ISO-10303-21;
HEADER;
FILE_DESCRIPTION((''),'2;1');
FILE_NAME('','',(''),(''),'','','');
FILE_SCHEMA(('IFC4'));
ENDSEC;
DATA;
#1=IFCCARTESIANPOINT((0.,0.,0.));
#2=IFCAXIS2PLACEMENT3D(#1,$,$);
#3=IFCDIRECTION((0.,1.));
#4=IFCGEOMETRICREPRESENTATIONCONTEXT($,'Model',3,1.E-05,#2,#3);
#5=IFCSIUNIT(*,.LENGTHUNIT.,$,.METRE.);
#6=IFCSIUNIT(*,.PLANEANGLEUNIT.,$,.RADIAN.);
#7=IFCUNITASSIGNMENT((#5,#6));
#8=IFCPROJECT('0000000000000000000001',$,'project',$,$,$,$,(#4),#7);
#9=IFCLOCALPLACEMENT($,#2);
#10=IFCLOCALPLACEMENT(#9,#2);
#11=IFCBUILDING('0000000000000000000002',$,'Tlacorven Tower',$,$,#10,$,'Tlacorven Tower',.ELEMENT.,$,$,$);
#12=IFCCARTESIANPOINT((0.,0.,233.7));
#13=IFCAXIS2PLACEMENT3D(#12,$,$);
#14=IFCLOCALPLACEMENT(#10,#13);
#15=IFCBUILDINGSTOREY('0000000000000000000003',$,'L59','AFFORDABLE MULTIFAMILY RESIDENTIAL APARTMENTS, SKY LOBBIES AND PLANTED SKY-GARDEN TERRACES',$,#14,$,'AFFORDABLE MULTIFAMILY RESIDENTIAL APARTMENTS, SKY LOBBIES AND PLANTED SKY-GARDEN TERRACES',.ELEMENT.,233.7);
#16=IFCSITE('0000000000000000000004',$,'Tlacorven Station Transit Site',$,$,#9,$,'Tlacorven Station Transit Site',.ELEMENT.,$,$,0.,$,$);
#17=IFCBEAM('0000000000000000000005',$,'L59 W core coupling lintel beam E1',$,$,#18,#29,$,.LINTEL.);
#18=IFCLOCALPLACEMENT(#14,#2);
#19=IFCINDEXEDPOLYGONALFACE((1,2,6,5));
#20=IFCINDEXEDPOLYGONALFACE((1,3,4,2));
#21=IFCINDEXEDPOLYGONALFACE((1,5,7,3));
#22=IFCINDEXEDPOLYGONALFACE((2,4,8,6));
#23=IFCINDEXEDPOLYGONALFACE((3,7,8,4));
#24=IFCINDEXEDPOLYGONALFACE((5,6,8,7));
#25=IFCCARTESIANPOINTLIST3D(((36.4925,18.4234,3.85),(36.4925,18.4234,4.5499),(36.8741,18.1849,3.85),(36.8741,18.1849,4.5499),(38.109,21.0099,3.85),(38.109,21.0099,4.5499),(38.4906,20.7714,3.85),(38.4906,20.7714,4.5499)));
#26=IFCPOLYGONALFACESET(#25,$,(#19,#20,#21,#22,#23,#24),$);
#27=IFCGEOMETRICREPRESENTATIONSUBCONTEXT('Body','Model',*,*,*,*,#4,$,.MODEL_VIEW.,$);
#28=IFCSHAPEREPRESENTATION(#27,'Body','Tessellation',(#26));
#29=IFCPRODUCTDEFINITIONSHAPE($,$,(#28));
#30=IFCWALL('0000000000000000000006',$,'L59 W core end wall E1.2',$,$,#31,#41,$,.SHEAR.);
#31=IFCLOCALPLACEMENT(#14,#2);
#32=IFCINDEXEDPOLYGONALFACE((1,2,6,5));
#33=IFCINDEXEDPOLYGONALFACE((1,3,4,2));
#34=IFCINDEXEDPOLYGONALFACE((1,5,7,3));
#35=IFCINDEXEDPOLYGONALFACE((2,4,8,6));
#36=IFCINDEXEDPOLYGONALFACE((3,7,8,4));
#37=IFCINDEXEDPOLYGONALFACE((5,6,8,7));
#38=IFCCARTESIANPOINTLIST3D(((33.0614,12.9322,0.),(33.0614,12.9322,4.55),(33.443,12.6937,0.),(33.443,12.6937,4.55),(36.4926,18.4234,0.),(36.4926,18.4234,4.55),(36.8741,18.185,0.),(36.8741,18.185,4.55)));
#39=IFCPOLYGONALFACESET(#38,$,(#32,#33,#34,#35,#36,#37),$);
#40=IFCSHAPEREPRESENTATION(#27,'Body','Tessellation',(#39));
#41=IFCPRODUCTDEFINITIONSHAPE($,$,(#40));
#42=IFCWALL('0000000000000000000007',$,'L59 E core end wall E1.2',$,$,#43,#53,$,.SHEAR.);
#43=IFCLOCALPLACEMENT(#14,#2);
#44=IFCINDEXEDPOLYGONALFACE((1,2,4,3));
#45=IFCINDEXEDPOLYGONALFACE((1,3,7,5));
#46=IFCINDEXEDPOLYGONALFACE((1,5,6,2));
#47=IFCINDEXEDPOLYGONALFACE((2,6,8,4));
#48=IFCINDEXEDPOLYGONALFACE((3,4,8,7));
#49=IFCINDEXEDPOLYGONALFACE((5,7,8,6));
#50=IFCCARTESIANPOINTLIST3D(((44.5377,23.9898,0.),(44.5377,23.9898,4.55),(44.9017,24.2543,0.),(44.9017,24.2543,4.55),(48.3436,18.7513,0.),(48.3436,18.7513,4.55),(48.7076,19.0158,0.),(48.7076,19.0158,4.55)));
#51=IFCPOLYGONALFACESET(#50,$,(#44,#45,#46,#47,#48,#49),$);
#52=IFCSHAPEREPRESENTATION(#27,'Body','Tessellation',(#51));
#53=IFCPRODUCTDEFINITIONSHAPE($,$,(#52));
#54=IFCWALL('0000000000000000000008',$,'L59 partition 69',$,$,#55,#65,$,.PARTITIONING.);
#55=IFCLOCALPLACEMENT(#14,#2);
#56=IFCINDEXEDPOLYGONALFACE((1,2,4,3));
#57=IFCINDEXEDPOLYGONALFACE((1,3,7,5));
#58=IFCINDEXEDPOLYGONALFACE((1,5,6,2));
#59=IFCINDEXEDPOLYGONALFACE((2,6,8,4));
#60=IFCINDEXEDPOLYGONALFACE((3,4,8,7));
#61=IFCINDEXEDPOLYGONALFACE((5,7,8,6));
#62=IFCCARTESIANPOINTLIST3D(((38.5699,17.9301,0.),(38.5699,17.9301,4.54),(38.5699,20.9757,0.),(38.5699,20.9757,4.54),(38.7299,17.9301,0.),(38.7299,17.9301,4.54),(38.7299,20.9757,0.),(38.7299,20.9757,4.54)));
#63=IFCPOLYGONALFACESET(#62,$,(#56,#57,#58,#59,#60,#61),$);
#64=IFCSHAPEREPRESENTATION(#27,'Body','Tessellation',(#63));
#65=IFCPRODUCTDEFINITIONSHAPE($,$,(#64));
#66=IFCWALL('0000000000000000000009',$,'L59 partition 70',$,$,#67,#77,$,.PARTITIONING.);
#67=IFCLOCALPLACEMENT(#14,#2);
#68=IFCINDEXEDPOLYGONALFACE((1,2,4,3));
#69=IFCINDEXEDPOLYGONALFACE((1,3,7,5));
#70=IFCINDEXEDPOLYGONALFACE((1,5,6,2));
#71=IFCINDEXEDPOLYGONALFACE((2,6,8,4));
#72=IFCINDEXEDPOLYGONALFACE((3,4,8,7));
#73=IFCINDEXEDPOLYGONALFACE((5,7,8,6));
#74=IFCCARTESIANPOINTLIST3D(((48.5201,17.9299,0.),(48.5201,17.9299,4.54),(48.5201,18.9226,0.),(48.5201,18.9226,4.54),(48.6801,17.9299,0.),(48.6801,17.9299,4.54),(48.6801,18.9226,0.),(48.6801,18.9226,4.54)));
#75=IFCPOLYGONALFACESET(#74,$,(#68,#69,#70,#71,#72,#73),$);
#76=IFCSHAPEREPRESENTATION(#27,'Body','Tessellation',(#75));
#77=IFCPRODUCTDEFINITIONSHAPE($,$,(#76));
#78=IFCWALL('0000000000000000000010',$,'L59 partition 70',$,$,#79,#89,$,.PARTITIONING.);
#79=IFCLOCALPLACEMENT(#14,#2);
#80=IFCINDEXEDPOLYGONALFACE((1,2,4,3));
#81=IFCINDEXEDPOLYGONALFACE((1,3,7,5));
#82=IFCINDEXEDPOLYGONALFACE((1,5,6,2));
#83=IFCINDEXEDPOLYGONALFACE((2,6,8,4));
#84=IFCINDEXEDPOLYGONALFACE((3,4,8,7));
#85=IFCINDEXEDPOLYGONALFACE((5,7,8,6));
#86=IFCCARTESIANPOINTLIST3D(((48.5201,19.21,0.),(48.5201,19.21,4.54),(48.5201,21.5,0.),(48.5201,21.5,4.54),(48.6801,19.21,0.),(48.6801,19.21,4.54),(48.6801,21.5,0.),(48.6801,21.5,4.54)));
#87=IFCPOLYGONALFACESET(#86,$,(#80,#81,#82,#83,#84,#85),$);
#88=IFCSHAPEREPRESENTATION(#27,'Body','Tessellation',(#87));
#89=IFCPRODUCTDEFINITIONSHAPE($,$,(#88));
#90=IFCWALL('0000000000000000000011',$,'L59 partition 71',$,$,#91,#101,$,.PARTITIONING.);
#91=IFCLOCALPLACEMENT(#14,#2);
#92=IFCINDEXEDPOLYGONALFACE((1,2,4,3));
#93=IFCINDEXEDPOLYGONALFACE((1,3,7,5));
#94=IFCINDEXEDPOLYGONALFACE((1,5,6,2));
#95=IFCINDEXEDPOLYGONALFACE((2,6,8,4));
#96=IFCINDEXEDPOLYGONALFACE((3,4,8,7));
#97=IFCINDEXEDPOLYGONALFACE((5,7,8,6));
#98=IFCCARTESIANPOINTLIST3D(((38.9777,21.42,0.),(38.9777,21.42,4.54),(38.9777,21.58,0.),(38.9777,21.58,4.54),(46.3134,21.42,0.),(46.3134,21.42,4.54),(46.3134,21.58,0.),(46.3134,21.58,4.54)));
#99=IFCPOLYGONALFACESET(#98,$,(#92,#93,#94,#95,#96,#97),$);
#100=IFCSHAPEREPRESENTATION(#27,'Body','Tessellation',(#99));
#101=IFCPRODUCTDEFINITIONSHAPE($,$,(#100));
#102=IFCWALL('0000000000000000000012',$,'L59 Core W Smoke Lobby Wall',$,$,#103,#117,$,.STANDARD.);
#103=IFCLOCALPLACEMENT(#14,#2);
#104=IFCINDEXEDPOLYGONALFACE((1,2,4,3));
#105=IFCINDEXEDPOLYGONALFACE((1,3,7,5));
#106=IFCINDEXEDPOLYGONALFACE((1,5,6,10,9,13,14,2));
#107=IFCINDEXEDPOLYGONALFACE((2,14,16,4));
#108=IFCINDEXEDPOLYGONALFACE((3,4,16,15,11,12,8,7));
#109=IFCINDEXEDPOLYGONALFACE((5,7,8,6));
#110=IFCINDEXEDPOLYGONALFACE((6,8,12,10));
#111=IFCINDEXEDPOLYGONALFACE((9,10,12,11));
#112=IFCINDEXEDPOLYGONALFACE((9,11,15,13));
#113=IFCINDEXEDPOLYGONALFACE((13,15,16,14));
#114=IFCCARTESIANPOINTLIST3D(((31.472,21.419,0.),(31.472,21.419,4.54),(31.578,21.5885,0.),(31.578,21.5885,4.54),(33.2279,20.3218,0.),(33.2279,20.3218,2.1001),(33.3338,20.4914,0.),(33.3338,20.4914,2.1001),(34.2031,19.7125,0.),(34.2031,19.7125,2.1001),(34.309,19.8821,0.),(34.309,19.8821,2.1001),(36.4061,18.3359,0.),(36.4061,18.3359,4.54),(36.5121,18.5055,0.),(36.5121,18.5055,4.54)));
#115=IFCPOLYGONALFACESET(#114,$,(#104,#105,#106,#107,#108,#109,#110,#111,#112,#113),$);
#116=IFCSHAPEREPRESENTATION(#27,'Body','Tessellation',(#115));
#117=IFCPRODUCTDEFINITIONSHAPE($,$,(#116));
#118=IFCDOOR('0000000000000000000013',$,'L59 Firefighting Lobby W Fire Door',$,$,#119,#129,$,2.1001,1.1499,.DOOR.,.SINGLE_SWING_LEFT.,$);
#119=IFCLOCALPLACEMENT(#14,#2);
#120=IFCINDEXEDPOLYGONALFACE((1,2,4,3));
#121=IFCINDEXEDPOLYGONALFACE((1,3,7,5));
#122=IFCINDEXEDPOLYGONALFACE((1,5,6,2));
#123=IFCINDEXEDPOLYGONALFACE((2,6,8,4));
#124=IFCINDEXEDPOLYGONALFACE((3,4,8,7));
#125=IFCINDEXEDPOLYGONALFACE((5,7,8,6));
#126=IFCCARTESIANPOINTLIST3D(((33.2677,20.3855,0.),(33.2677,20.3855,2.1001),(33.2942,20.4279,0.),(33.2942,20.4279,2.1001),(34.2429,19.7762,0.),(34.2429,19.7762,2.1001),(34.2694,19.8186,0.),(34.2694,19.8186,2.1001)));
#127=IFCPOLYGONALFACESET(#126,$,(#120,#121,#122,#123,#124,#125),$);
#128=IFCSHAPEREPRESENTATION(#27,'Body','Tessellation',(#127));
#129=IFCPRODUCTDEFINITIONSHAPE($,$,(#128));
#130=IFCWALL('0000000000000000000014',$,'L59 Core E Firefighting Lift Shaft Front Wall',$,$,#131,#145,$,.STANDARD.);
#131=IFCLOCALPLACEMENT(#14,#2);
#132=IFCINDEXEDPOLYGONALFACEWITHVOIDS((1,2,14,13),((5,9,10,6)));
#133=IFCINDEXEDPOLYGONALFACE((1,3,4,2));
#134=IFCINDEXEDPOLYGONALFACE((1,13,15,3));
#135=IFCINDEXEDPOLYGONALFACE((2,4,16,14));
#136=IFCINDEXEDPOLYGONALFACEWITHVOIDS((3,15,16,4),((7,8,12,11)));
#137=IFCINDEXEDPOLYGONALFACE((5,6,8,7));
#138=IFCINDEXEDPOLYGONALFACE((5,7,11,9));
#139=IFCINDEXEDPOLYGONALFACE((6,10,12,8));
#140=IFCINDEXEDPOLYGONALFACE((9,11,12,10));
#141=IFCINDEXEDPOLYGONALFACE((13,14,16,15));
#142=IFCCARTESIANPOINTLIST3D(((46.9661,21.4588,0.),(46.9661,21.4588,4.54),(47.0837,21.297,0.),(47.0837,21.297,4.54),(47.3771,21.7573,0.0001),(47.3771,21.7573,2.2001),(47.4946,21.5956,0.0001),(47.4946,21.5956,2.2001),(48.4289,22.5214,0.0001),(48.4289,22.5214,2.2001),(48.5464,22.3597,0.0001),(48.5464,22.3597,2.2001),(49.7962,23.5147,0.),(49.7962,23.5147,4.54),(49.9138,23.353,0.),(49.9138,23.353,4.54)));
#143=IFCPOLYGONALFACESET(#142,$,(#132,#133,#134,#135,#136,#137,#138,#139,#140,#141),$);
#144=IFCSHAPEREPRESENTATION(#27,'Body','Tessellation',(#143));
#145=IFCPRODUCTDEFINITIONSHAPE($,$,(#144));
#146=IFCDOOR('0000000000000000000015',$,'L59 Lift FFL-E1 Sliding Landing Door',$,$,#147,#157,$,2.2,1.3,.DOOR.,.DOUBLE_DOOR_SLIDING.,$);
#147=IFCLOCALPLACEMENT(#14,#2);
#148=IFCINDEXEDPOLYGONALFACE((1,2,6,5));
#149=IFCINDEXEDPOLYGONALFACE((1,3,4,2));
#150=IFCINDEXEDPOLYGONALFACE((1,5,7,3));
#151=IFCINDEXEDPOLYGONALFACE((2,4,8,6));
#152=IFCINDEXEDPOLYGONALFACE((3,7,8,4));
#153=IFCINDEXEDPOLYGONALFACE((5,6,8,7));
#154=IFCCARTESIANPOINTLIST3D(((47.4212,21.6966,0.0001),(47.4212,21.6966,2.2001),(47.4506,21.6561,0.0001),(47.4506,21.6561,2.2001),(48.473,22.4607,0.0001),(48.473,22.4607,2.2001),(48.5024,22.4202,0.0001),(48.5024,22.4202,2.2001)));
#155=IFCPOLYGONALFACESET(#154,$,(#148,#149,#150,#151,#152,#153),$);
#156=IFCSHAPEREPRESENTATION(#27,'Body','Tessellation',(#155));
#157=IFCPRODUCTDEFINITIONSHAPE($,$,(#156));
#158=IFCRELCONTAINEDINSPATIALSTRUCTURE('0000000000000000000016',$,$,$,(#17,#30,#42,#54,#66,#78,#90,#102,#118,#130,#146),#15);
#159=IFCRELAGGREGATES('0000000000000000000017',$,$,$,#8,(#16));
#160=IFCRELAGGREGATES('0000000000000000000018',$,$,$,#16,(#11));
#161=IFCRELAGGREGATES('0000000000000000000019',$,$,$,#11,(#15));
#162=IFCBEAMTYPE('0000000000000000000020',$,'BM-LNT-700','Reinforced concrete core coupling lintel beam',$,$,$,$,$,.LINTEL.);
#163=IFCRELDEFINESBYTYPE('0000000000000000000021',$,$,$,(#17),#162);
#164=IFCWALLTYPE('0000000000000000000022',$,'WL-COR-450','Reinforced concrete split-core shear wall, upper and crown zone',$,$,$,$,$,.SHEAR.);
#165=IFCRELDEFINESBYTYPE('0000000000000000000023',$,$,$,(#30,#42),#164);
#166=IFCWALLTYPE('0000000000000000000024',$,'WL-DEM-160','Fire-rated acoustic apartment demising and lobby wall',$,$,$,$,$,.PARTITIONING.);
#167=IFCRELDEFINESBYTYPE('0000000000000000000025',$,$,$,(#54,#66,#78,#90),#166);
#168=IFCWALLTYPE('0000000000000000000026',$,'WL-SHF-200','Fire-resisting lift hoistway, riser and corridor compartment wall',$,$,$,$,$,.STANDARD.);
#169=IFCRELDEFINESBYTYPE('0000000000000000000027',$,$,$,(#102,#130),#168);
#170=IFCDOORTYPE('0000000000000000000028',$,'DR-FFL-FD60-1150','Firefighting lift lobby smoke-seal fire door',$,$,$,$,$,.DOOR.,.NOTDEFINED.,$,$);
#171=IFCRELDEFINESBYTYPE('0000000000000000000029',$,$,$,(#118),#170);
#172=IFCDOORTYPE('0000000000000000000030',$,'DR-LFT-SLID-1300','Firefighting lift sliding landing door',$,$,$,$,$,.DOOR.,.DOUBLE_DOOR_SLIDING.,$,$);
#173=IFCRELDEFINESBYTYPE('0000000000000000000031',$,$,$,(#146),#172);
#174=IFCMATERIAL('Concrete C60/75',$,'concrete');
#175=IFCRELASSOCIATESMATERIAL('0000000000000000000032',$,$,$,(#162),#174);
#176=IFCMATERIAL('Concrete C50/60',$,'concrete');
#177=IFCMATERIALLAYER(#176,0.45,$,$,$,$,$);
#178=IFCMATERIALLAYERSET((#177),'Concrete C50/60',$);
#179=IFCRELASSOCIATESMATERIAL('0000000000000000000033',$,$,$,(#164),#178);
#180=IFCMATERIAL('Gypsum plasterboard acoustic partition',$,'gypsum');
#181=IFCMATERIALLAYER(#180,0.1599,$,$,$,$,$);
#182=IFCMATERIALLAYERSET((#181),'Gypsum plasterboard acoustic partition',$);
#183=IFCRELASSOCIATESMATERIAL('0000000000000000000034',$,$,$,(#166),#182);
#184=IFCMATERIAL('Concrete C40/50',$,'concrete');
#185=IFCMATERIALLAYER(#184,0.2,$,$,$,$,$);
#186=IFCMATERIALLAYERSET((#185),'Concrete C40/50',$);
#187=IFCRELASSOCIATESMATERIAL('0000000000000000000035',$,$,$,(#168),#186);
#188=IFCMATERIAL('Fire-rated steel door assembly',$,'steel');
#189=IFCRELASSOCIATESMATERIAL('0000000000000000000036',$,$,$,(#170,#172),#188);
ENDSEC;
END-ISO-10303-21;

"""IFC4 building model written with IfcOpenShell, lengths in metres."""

from ifc_helpers import new_model, si_unit, direction, frame, frame_2d, origin, origin_2d, place, context, subcontext, project, spatial, rectangle, extrude, source, transform, mapped, material, layer, layer_set, material_profile, profile_set, type_object, element, fill, save


model = new_model("IFC4")

# Units and contexts
model_context = context("Model", 3, precision=1e-05, world=origin(), true_north=direction((0.0, 1.0)))
body_context = subcontext(model_context, "Body", "Model", "MODEL_VIEW")
ifc_project = project(units=[si_unit("LENGTHUNIT", "METRE"), si_unit("PLANEANGLEUNIT", "RADIAN")], contexts=[model_context])

# Site, building, storey
site_placement = place(None, origin())
site = spatial("IfcSite", under=ifc_project, at=site_placement, Name="Tlacorven Station Transit Site", LongName="Tlacorven Station Transit Site", CompositionType="ELEMENT", RefElevation=0.0)
building_placement = place(site_placement, origin())
building = spatial("IfcBuilding", under=site, at=building_placement, Name="Tlacorven Tower", LongName="Tlacorven Tower", CompositionType="ELEMENT")
storey_placement = place(building_placement, frame((0.0, 0.0, 233.7)))
storey = spatial("IfcBuildingStorey", under=building, at=storey_placement, Name="L59", Description="AFFORDABLE MULTIFAMILY RESIDENTIAL APARTMENTS, SKY LOBBIES AND PLANTED SKY-GARDEN TERRACES", LongName="AFFORDABLE MULTIFAMILY RESIDENTIAL APARTMENTS, SKY LOBBIES AND PLANTED SKY-GARDEN TERRACES", CompositionType="ELEMENT", Elevation=233.7)

# Beam
ifc_material_1 = material(Name="Concrete C60/75", Category="concrete")
ifc_material_profile = material_profile(ifc_material_1, rectangle(XDim=0.45, YDim=0.7, at=origin_2d()), Name="RC 450X700")
ifc_profile_set = profile_set([ifc_material_profile], Name="Concrete C60/75")
beam_type = type_object("IfcBeamType", Name="BM-LNT-700", Description="Reinforced concrete core coupling lintel beam", PredefinedType="LINTEL", material=ifc_profile_set)
shared_shape_1 = source(origin(), body_context, "Body", "SweptSolid", [
    extrude(rectangle(XDim=0.45, YDim=0.7, at=origin_2d()), origin(), (0.0, 0.0, 1.0), 3.05),
])
beam_placement = place(storey_placement, frame((38.2998, 20.8906, 4.2), z_axis=(-0.529985, -0.848007, 0.0), x_axis=(0.848007, -0.529985, 0.0)))
element("IfcBeam", 1, at=beam_placement, inside=storey, type_object=beam_type, Name="L59 W core coupling lintel beam E1", PredefinedType="LINTEL", context=body_context, shape_type="MappedRepresentation", body=[
    mapped(shared_shape_1, transform((0.0, 0.0, 0.0), scale=1.0)),
])

# Walls
ifc_material_2 = material(Name="Concrete C50/60", Category="concrete")
ifc_layer_1 = layer(ifc_material_2, 0.45)
ifc_layer_set_1 = layer_set([ifc_layer_1], Name="Concrete C50/60")
wall_type_1 = type_object("IfcWallType", Name="WL-COR-450", Description="Reinforced concrete split-core shear wall, upper and crown zone", PredefinedType="SHEAR", material=ifc_layer_set_1)
for number, where, z_axis, x_axis, name in (
    (2, (36.6833, 18.3042, 0.0), (0.0, 0.0, 1.0), (-0.529904, -0.848058, 0.0), "L59 W core end wall E1.2"),
    (3, (48.5256, 18.8835, 0.0), (0.0, 0.0, 1.0), (-0.587775, 0.809025, 0.0), "L59 E core end wall E1.2"),
):
    element("IfcWall", number, at=place(storey_placement, frame(where, z_axis=z_axis, x_axis=x_axis)), inside=storey, type_object=wall_type_1, Name=name, PredefinedType="SHEAR", context=body_context, shape_type="SweptSolid", body=[
        extrude(rectangle(XDim=6.4751, YDim=0.45, at=frame_2d((3.2375, 0.0))), origin(), (0.0, 0.0, 1.0), 4.55),
    ])
ifc_material_3 = material(Name="Gypsum plasterboard acoustic partition", Category="gypsum")
ifc_layer_2 = layer(ifc_material_3, 0.1599)
ifc_layer_set_2 = layer_set([ifc_layer_2], Name="Gypsum plasterboard acoustic partition")
wall_type_2 = type_object("IfcWallType", Name="WL-DEM-160", Description="Fire-rated acoustic apartment demising and lobby wall", PredefinedType="PARTITIONING", material=ifc_layer_set_2)
wall_1_placement = place(storey_placement, frame((38.6499, 17.9299, 0.0), z_axis=(0.0, 0.0, 1.0), x_axis=(0.0, 1.0, 0.0)))
element("IfcWall", 4, at=wall_1_placement, inside=storey, type_object=wall_type_2, Name="L59 partition 69", PredefinedType="PARTITIONING", context=body_context, shape_type="SweptSolid", body=[
    extrude(rectangle(XDim=3.0457, YDim=0.1599, at=frame_2d((1.5229, 0.0))), origin(), (0.0, 0.0, 1.0), 4.54),
])
wall_2_placement = place(storey_placement, frame((48.6001, 17.9299, 0.0), z_axis=(0.0, 0.0, 1.0), x_axis=(0.0, 1.0, 0.0)))
element("IfcWall", 5, at=wall_2_placement, inside=storey, type_object=wall_type_2, Name="L59 partition 70", PredefinedType="PARTITIONING", context=body_context, shape_type="SweptSolid", body=[
    extrude(rectangle(XDim=0.9927, YDim=0.1599, at=frame_2d((0.4963, 0.0))), origin(), (0.0, 0.0, 1.0), 4.54),
])
wall_3_placement = place(storey_placement, frame((48.6001, 19.21, 0.0), z_axis=(0.0, 0.0, 1.0), x_axis=(0.0, 1.0, 0.0)))
element("IfcWall", 6, at=wall_3_placement, inside=storey, type_object=wall_type_2, Name="L59 partition 70", PredefinedType="PARTITIONING", context=body_context, shape_type="SweptSolid", body=[
    extrude(rectangle(XDim=2.29, YDim=0.1599, at=frame_2d((1.145, 0.0))), origin(), (0.0, 0.0, 1.0), 4.54),
])
wall_4_placement = place(storey_placement, frame((38.9775, 21.5, 0.0), z_axis=(0.0, 0.0, 1.0), x_axis=(1.0, 0.0, 0.0)))
element("IfcWall", 7, at=wall_4_placement, inside=storey, type_object=wall_type_2, Name="L59 partition 71", PredefinedType="PARTITIONING", context=body_context, shape_type="SweptSolid", body=[
    extrude(rectangle(XDim=7.3357, YDim=0.1599, at=frame_2d((3.668, 0.0))), origin(), (0.0, 0.0, 1.0), 4.54),
])

# Walls, openings, doors
ifc_material_4 = material(Name="Concrete C40/50", Category="concrete")
ifc_layer_3 = layer(ifc_material_4, 0.2)
ifc_layer_set_3 = layer_set([ifc_layer_3], Name="Concrete C40/50")
wall_type_3 = type_object("IfcWallType", Name="WL-SHF-200", Description="Fire-resisting lift hoistway, riser and corridor compartment wall", PredefinedType="STANDARD", material=ifc_layer_set_3)
wall_5_placement = place(storey_placement, frame((36.4592, 18.4207, 0.0), z_axis=(0.0, 0.0, 1.0), x_axis=(-0.84806, 0.529901, 0.0)))
wall_5 = element("IfcWall", 8, at=wall_5_placement, inside=storey, type_object=wall_type_3, Name="L59 Core W Smoke Lobby Wall", PredefinedType="STANDARD", context=body_context, shape_type="SweptSolid", body=[
    extrude(rectangle(XDim=5.8181, YDim=0.2, at=frame_2d((2.9092, 0.0))), origin(), (0.0, 0.0, 1.0), 4.54),
])
opening_1_placement = place(wall_5_placement, frame((2.5979, 0.0, 0.0)))
opening_1 = element("IfcOpeningElement", 9, at=opening_1_placement, cuts=wall_5, PredefinedType="OPENING", context=body_context, shape_type="SweptSolid", body=[
    extrude(rectangle(XDim=1.1499, YDim=2.1001, at=frame_2d((0.575, 1.05))), frame((0.0, 0.1099, 0.0), z_axis=(0.0, -1.0, 0.0), x_axis=(1.0, 0.0, 0.0)), (0.0, 0.0, 1.0), 0.22),
])
ifc_material_5 = material(Name="Fire-rated steel door assembly", Category="steel")
door_type_1 = type_object("IfcDoorType", Name="DR-FFL-FD60-1150", Description="Firefighting lift lobby smoke-seal fire door", OperationType="NOTDEFINED", PredefinedType="DOOR", material=ifc_material_5)
shared_shape_2 = source(origin(), body_context, "Body", "SweptSolid", [
    extrude(rectangle(XDim=1.1499, YDim=2.1001, at=frame_2d((0.575, 1.05))), frame((0.0, 0.0249, 0.0), z_axis=(0.0, -1.0, 0.0), x_axis=(1.0, 0.0, 0.0)), (0.0, 0.0, 1.0), 0.05),
])
door_1_placement = place(opening_1_placement, origin())
door_1 = element("IfcDoor", 10, at=door_1_placement, inside=storey, type_object=door_type_1, Name="L59 Firefighting Lobby W Fire Door", OperationType="SINGLE_SWING_LEFT", OverallHeight=2.1001, OverallWidth=1.1499, PredefinedType="DOOR", context=body_context, shape_type="MappedRepresentation", body=[
    mapped(shared_shape_2, transform((0.0, 0.0, 0.0), scale=1.0)),
])
fill(opening_1, door_1)
wall_6_placement = place(storey_placement, frame((47.0249, 21.3779, 0.0), z_axis=(0.0, 0.0, 1.0), x_axis=(0.809053, 0.587736, 0.0)))
wall_6 = element("IfcWall", 11, at=wall_6_placement, inside=storey, type_object=wall_type_3, Name="L59 Core E Firefighting Lift Shaft Front Wall", PredefinedType="STANDARD", context=body_context, shape_type="SweptSolid", body=[
    extrude(rectangle(XDim=3.498, YDim=0.2, at=frame_2d((1.749, 0.0))), origin(), (0.0, 0.0, 1.0), 4.54),
])
opening_2_placement = place(wall_6_placement, frame((0.5081, 0.0, 0.0)))
opening_2 = element("IfcOpeningElement", 12, at=opening_2_placement, cuts=wall_6, PredefinedType="OPENING", context=body_context, shape_type="SweptSolid", body=[
    extrude(rectangle(XDim=1.3, YDim=2.2, at=frame_2d((0.6499, 1.1001))), frame((0.0, 0.1099, 0.0), z_axis=(0.0, -1.0, 0.0), x_axis=(1.0, 0.0, 0.0)), (0.0, 0.0, 1.0), 0.22),
])
door_type_2 = type_object("IfcDoorType", Name="DR-LFT-SLID-1300", Description="Firefighting lift sliding landing door", OperationType="DOUBLE_DOOR_SLIDING", PredefinedType="DOOR", material=ifc_material_5)
shared_shape_3 = source(origin(), body_context, "Body", "SweptSolid", [
    extrude(rectangle(XDim=1.3, YDim=2.2, at=frame_2d((0.6499, 1.1001))), frame((0.0, 0.0249, 0.0), z_axis=(0.0, -1.0, 0.0), x_axis=(1.0, 0.0, 0.0)), (0.0, 0.0, 1.0), 0.05),
])
door_2_placement = place(opening_2_placement, origin())
door_2 = element("IfcDoor", 13, at=door_2_placement, inside=storey, type_object=door_type_2, Name="L59 Lift FFL-E1 Sliding Landing Door", OperationType="DOUBLE_DOOR_SLIDING", OverallHeight=2.2, OverallWidth=1.3, PredefinedType="DOOR", context=body_context, shape_type="MappedRepresentation", body=[
    mapped(shared_shape_3, transform((0.0, 0.0, 0.0), scale=1.0)),
])
fill(opening_2, door_2)

save(model, "model.ifc")
